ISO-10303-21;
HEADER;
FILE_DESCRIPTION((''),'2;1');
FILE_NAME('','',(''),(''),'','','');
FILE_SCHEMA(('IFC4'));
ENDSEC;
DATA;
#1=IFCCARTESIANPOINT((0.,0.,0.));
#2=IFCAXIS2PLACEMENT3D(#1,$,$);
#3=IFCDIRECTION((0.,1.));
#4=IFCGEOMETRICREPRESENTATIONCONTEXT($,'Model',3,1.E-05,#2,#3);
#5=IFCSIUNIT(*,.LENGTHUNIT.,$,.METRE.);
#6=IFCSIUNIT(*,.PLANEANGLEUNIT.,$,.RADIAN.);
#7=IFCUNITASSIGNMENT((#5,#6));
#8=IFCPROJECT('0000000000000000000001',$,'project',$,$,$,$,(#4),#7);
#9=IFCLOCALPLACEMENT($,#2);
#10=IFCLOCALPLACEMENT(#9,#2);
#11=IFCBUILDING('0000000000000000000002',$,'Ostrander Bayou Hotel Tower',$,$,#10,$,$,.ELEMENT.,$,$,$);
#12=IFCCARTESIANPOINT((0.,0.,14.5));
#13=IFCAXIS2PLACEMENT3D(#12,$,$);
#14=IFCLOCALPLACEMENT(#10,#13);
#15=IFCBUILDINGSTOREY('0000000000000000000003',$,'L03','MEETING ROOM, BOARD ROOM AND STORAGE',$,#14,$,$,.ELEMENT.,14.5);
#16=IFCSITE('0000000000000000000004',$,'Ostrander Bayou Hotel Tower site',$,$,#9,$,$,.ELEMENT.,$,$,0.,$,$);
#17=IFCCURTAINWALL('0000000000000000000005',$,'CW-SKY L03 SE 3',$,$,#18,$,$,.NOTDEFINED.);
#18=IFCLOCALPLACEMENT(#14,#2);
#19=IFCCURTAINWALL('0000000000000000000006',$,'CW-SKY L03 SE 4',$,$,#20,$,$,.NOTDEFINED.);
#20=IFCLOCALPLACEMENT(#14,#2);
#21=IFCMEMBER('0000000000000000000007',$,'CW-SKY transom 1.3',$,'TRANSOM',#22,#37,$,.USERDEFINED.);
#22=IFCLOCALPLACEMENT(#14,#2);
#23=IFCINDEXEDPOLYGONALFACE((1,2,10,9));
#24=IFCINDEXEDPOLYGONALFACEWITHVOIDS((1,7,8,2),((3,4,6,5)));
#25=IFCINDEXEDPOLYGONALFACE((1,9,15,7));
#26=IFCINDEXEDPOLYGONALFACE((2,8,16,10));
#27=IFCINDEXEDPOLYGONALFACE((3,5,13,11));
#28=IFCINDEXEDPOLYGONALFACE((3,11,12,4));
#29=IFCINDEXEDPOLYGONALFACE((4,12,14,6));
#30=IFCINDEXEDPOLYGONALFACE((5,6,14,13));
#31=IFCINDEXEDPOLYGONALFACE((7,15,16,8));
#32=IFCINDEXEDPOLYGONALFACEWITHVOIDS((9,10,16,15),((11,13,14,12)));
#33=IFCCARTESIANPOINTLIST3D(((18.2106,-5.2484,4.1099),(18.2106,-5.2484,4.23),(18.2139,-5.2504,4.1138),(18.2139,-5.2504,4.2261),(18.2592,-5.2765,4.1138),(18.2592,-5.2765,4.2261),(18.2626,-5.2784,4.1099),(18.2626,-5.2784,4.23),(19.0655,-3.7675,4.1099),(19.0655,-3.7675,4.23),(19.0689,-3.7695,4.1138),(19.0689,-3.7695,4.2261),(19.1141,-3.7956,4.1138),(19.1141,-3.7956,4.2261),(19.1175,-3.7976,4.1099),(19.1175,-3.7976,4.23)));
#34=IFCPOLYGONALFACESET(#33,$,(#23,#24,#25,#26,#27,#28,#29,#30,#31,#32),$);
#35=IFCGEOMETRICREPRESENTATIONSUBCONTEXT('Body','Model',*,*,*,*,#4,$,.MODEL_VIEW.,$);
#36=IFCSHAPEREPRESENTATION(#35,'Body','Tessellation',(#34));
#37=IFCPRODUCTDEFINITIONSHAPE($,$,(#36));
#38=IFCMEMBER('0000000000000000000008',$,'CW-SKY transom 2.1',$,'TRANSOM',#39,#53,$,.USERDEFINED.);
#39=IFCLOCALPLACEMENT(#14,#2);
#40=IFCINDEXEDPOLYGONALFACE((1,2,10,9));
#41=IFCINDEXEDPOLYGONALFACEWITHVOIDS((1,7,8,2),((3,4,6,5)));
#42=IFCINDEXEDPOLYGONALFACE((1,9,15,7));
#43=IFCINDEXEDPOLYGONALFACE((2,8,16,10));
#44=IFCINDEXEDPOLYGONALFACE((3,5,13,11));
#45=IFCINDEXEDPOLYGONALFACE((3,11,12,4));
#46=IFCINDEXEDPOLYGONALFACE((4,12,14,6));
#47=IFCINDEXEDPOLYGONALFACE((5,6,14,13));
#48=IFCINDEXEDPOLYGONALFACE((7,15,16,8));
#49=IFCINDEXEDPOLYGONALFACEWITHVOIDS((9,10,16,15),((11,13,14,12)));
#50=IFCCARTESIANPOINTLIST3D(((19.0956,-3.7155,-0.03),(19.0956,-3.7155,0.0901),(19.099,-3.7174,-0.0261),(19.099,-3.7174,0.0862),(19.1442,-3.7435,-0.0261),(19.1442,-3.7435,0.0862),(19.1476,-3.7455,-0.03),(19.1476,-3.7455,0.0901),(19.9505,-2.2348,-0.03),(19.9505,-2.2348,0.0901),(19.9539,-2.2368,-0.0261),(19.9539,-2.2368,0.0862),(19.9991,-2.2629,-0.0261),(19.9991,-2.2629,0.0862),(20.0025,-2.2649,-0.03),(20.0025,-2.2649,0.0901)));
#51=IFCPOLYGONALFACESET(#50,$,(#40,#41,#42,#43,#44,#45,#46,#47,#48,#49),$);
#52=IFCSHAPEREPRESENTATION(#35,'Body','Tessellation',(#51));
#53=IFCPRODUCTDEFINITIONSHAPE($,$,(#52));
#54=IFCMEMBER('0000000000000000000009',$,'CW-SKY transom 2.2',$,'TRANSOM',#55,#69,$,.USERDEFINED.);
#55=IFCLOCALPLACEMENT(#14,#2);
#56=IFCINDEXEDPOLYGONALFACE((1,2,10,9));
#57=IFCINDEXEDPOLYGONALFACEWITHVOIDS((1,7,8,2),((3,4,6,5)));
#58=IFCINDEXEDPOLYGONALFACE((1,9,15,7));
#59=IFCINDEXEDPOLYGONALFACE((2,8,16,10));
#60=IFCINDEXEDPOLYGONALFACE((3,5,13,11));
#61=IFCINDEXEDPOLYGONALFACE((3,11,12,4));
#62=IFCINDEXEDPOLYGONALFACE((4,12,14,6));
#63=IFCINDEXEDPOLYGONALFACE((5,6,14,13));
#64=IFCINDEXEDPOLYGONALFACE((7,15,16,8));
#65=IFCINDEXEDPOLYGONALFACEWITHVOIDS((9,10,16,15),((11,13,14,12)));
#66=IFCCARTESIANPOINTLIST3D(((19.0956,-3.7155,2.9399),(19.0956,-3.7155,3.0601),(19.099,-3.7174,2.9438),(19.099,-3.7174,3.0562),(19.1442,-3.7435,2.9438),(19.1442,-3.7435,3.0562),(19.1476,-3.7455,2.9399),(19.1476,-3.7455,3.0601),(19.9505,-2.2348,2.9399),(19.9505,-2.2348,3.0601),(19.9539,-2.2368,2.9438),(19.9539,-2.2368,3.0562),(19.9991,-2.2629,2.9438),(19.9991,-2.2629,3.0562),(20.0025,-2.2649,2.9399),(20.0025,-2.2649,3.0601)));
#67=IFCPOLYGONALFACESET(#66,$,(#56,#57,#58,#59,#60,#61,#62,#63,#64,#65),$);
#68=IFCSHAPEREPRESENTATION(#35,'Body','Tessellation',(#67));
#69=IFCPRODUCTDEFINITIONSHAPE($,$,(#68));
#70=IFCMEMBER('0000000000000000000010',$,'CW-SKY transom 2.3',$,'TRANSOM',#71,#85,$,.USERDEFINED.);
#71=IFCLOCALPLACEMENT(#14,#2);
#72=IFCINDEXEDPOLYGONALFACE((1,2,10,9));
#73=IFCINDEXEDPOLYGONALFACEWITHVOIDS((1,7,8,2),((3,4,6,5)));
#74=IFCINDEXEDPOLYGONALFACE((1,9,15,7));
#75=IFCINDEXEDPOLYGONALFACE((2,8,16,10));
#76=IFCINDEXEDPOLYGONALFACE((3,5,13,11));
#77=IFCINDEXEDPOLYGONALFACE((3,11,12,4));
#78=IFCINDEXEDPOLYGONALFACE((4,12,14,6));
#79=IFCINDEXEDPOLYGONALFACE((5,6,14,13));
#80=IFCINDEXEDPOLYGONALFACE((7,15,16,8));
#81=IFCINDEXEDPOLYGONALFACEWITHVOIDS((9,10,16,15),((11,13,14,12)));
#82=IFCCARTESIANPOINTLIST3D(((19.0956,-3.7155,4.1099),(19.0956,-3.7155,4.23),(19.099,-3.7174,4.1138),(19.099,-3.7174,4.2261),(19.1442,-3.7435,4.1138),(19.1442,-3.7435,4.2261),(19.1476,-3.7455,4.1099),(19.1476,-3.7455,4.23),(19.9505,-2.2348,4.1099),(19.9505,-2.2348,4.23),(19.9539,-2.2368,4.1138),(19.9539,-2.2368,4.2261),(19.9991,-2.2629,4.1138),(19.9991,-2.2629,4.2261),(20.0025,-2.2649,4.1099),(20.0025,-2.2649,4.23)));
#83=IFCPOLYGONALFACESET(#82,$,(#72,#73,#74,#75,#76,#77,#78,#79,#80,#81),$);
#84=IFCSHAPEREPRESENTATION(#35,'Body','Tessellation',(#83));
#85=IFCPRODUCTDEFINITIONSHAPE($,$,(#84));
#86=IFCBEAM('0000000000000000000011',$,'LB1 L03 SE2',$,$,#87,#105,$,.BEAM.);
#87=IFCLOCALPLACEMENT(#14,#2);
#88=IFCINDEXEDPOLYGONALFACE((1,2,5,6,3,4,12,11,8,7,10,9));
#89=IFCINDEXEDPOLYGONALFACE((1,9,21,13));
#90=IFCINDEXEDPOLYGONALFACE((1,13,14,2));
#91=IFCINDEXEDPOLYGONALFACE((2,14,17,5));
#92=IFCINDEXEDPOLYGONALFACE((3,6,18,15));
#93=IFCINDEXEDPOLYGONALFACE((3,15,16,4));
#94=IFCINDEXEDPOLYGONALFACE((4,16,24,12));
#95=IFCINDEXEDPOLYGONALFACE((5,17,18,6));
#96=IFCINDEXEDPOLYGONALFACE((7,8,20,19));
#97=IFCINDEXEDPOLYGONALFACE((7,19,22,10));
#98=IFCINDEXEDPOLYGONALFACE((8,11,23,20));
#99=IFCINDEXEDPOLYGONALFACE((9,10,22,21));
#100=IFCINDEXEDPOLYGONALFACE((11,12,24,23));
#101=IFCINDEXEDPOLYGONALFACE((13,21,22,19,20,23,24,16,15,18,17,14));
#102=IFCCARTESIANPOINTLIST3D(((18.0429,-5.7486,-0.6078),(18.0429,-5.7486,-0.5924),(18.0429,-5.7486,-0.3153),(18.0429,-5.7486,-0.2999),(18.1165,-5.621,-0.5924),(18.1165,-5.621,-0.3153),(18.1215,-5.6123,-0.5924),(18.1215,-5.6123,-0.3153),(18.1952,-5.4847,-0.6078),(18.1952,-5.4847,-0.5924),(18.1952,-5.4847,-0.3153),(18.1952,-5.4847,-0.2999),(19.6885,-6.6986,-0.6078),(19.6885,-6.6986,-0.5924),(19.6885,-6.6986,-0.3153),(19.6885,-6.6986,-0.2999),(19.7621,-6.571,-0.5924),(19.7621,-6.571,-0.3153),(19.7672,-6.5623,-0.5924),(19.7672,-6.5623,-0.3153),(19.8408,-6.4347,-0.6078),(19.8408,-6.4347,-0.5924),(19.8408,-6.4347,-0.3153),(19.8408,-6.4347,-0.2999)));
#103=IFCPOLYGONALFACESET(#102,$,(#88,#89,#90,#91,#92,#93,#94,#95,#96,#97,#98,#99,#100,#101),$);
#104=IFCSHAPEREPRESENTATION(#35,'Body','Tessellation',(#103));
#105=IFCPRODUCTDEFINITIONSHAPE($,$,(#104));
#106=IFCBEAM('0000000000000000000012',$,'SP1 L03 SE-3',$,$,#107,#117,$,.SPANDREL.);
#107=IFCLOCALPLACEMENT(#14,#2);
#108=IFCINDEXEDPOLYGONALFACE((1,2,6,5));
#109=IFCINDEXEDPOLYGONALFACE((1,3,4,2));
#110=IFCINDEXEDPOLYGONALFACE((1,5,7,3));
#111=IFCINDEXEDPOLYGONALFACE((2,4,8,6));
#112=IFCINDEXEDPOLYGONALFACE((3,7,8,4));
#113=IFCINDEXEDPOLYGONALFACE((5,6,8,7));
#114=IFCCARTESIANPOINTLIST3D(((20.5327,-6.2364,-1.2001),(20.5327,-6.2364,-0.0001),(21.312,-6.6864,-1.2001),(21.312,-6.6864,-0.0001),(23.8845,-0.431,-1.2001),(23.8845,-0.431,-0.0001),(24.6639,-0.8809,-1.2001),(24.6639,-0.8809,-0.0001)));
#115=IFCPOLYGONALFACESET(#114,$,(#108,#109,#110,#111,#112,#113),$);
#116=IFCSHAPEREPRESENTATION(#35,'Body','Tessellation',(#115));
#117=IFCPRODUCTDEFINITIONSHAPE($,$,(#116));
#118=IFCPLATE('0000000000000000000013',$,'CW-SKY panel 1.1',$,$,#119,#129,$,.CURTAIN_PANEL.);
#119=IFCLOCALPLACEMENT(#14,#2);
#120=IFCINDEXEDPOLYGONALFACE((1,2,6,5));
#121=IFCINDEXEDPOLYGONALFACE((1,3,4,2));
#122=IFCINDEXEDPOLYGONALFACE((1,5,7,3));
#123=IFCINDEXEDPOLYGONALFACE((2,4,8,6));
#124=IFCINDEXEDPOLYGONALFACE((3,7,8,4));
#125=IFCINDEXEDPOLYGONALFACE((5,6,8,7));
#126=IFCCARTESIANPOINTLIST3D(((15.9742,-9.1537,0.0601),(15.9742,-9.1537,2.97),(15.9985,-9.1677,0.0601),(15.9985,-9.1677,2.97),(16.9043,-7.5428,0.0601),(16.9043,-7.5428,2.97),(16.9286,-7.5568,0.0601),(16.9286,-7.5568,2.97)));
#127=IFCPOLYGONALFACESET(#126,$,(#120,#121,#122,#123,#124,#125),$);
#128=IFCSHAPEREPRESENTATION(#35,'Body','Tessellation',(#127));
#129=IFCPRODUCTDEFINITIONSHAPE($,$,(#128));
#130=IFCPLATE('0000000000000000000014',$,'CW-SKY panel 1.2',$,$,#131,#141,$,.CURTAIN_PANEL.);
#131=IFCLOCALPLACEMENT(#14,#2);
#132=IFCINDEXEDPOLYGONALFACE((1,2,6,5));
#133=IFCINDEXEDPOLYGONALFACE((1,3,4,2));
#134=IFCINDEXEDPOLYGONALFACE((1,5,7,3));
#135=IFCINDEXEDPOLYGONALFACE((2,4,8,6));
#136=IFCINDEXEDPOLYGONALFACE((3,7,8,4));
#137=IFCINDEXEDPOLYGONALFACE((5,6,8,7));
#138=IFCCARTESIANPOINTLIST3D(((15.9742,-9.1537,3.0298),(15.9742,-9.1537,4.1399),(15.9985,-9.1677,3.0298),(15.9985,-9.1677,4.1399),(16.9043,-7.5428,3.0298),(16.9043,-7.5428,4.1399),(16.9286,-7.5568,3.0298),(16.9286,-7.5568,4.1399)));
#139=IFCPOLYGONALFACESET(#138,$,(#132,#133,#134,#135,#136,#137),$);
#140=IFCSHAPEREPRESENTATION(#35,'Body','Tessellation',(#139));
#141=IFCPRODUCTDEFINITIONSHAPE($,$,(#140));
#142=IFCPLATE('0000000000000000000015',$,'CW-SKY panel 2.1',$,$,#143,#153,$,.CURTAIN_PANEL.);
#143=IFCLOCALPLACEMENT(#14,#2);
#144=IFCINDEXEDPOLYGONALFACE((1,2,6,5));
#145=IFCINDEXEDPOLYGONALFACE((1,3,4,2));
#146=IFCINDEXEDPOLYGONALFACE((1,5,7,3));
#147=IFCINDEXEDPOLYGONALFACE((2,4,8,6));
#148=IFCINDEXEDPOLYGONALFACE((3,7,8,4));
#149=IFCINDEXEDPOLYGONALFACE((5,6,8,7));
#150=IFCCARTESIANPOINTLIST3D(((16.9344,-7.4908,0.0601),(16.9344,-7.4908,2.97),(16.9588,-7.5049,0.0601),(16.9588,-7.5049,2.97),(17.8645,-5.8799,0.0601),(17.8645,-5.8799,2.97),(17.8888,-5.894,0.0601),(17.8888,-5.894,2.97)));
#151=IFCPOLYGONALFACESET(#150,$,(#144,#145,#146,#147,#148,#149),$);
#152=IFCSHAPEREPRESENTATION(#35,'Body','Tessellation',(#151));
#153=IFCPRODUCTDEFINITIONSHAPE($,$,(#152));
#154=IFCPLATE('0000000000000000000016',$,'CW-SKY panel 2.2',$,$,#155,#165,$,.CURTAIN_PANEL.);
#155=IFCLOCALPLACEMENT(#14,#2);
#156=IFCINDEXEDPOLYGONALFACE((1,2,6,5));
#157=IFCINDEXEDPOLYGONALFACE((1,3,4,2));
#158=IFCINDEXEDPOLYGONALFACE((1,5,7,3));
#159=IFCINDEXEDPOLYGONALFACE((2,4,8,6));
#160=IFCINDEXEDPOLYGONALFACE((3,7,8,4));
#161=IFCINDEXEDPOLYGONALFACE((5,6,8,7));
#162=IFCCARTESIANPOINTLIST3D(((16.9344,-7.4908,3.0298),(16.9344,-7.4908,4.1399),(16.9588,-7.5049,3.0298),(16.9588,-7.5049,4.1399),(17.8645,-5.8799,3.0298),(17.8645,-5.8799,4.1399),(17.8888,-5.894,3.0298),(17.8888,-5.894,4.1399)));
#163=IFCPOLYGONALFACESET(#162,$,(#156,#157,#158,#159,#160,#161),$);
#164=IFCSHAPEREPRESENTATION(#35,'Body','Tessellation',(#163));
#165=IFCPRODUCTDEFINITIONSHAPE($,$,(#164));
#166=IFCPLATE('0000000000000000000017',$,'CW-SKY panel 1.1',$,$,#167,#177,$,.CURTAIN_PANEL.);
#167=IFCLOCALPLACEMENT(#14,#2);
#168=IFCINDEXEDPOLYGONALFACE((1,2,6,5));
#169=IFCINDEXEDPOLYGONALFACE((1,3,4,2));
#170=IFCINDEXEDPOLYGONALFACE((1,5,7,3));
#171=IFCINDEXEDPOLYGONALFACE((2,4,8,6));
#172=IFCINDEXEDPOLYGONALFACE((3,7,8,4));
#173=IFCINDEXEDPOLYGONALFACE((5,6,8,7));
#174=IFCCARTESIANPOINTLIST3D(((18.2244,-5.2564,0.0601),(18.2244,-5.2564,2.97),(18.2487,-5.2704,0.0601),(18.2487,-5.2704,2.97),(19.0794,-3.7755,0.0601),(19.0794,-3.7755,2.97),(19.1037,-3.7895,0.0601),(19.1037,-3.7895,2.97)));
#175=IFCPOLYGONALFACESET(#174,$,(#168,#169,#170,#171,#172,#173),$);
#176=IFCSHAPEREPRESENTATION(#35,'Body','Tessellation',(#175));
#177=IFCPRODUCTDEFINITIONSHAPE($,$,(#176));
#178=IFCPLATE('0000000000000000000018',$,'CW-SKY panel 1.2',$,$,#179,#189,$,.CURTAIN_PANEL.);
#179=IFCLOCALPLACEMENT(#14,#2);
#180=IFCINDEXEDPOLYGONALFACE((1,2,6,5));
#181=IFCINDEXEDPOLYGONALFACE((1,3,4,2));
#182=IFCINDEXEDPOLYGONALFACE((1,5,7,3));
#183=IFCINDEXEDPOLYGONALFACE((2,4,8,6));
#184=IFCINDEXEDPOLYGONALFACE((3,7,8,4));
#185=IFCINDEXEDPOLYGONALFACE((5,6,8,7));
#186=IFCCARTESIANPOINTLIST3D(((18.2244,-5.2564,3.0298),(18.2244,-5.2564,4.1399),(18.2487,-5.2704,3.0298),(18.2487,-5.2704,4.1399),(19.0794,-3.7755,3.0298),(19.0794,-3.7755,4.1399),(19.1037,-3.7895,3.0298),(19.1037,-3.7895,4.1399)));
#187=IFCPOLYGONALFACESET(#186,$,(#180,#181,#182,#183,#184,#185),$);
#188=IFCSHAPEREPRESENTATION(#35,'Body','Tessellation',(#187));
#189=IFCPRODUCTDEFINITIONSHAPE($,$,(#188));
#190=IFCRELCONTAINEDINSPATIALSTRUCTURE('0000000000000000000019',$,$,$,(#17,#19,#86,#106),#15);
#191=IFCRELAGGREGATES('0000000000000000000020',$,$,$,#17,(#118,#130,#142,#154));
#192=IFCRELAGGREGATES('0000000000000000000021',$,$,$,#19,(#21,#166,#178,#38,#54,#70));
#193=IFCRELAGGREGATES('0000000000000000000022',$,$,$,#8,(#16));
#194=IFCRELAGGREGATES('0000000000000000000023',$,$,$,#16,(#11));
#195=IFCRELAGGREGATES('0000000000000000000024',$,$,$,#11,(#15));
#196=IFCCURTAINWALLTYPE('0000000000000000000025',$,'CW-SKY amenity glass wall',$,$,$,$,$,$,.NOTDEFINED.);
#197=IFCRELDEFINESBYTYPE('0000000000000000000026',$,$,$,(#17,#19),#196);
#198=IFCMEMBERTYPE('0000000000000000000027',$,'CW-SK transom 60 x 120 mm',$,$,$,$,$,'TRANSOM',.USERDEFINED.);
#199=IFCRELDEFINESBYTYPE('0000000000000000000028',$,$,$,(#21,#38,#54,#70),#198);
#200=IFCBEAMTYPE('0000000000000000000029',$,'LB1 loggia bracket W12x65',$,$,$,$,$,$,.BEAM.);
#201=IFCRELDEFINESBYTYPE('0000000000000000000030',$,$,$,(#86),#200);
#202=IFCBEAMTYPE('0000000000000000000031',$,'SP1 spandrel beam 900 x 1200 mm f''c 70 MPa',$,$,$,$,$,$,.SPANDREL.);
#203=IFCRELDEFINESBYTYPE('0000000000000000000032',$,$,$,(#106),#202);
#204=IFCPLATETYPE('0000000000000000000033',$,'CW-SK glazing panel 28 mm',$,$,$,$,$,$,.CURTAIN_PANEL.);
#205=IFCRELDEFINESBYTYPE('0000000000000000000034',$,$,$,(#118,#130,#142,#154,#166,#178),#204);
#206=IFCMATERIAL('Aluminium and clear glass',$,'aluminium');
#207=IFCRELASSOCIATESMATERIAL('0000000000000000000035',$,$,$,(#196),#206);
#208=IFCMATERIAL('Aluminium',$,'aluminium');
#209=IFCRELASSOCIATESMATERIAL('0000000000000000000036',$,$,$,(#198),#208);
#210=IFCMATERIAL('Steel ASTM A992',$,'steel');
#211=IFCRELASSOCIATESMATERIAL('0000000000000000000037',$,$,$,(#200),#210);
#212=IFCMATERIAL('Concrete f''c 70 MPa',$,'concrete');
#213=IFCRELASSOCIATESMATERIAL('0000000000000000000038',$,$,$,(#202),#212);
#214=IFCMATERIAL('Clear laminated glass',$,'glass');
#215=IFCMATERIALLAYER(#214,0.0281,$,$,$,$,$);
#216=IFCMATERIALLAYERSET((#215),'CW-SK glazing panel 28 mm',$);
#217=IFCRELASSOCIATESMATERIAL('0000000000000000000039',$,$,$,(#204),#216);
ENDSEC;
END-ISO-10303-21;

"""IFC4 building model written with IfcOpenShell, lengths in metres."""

from ifc_helpers import new_model, si_unit, direction, frame, origin, origin_2d, place, context, subcontext, project, spatial, rectangle, hollow_rectangle, i_section, extrude, material, layer, layer_set, material_profile, profile_set, type_object, element, aggregate, save


model = new_model("IFC4")

# Units and contexts
model_context = context("Model", 3, precision=1e-05, world=origin(), true_north=direction((0.0, 1.0)))
body_context = subcontext(model_context, "Body", "Model", "MODEL_VIEW")
ifc_project = project(units=[si_unit("LENGTHUNIT", "METRE"), si_unit("PLANEANGLEUNIT", "RADIAN")], contexts=[model_context])

# Site, building, storey
site_placement = place(None, origin())
site = spatial("IfcSite", under=ifc_project, at=site_placement, Name="Ostrander Bayou Hotel Tower site", CompositionType="ELEMENT", RefElevation=0.0)
building_placement = place(site_placement, origin())
building = spatial("IfcBuilding", under=site, at=building_placement, Name="Ostrander Bayou Hotel Tower", CompositionType="ELEMENT")
storey_placement = place(building_placement, frame((0.0, 0.0, 14.5)))
storey = spatial("IfcBuildingStorey", under=building, at=storey_placement, Name="L03", Description="MEETING ROOM, BOARD ROOM AND STORAGE", CompositionType="ELEMENT", Elevation=14.5)

# Curtain walls
ifc_material_1 = material(Name="Aluminium and clear glass", Category="aluminium")
curtain_wall_type = type_object("IfcCurtainWallType", Name="CW-SKY amenity glass wall", PredefinedType="NOTDEFINED", material=ifc_material_1)
curtain_wall_1_placement = place(storey_placement, origin())
curtain_wall_1 = element("IfcCurtainWall", 1, at=curtain_wall_1_placement, inside=storey, type_object=curtain_wall_type, Name="CW-SKY L03 SE 3", PredefinedType="NOTDEFINED")
curtain_wall_2_placement = place(storey_placement, origin())
curtain_wall_2 = element("IfcCurtainWall", 2, at=curtain_wall_2_placement, inside=storey, type_object=curtain_wall_type, Name="CW-SKY L03 SE 4", PredefinedType="NOTDEFINED")

# Members
ifc_material_2 = material(Name="Aluminium", Category="aluminium")
ifc_material_profile_1 = material_profile(ifc_material_2, hollow_rectangle(XDim=0.0601, YDim=0.1201, WallThickness=0.0039, at=origin_2d()))
ifc_profile_set_1 = profile_set([ifc_material_profile_1], Name="Aluminium")
member_type_1 = type_object("IfcMemberType", Name="CW-SK transom 60 x 120 mm", ElementType="TRANSOM", PredefinedType="USERDEFINED", material=ifc_profile_set_1)
member_1_placement = place(storey_placement, frame((18.2366, -5.2634, 4.1699), z_axis=(0.499978, 0.866038, 0.0), x_axis=(-0.866038, 0.499978, 0.0)))
member_1 = element("IfcMember", 3, at=member_1_placement, type_object=member_type_1, Name="CW-SKY transom 1.3", ObjectType="TRANSOM", PredefinedType="USERDEFINED", context=body_context, shape_type="SweptSolid", body=[
    extrude(hollow_rectangle(XDim=0.0601, YDim=0.1201, WallThickness=0.0039, at=origin_2d()), origin(), (0.0, 0.0, 1.0), 1.71),
])
member_2_placement = place(storey_placement, frame((19.1216, -3.7305, 0.03), z_axis=(0.50004, 0.866002, 0.0), x_axis=(-0.866002, 0.50004, 0.0)))
member_2 = element("IfcMember", 4, at=member_2_placement, type_object=member_type_1, Name="CW-SKY transom 2.1", ObjectType="TRANSOM", PredefinedType="USERDEFINED", context=body_context, shape_type="SweptSolid", body=[
    extrude(hollow_rectangle(XDim=0.0601, YDim=0.1201, WallThickness=0.0039, at=origin_2d()), origin(), (0.0, 0.0, 1.0), 1.7097),
])
member_3_placement = place(storey_placement, frame((19.1216, -3.7305, 3.0), z_axis=(0.50004, 0.866002, 0.0), x_axis=(-0.866002, 0.50004, 0.0)))
member_3 = element("IfcMember", 5, at=member_3_placement, type_object=member_type_1, Name="CW-SKY transom 2.2", ObjectType="TRANSOM", PredefinedType="USERDEFINED", context=body_context, shape_type="SweptSolid", body=[
    extrude(hollow_rectangle(XDim=0.0601, YDim=0.1201, WallThickness=0.0039, at=origin_2d()), origin(), (0.0, 0.0, 1.0), 1.7097),
])
member_4_placement = place(storey_placement, frame((19.1216, -3.7305, 4.1699), z_axis=(0.50004, 0.866002, 0.0), x_axis=(-0.866002, 0.50004, 0.0)))
member_4 = element("IfcMember", 6, at=member_4_placement, type_object=member_type_1, Name="CW-SKY transom 2.3", ObjectType="TRANSOM", PredefinedType="USERDEFINED", context=body_context, shape_type="SweptSolid", body=[
    extrude(hollow_rectangle(XDim=0.0601, YDim=0.1201, WallThickness=0.0039, at=origin_2d()), origin(), (0.0, 0.0, 1.0), 1.7097),
])

# Beams
ifc_material_3 = material(Name="Steel ASTM A992", Category="steel")
ifc_material_profile_2 = material_profile(ifc_material_3, i_section(OverallWidth=0.3047, OverallDepth=0.3079, WebThickness=0.01, FlangeThickness=0.0154, at=origin_2d()))
ifc_profile_set_2 = profile_set([ifc_material_profile_2], Name="Steel ASTM A992")
beam_type_1 = type_object("IfcBeamType", Name="LB1 loggia bracket W12x65", PredefinedType="BEAM", material=ifc_profile_set_2)
beam_1_placement = place(storey_placement, frame((19.7646, -6.5667, -0.4539), z_axis=(-0.866044, 0.499967, 0.0), x_axis=(-0.499967, -0.866044, 0.0)))
element("IfcBeam", 7, at=beam_1_placement, inside=storey, type_object=beam_type_1, Name="LB1 L03 SE2", PredefinedType="BEAM", context=body_context, shape_type="SweptSolid", body=[
    extrude(i_section(OverallWidth=0.3047, OverallDepth=0.3079, WebThickness=0.01, FlangeThickness=0.0154, at=origin_2d()), origin(), (0.0, 0.0, 1.0), 1.9001),
])
ifc_material_4 = material(Name="Concrete f'c 70 MPa", Category="concrete")
ifc_material_profile_3 = material_profile(ifc_material_4, rectangle(XDim=0.8999, YDim=1.2, at=origin_2d()))
ifc_profile_set_3 = profile_set([ifc_material_profile_3], Name="Concrete f'c 70 MPa")
beam_type_2 = type_object("IfcBeamType", Name="SP1 spandrel beam 900 x 1200 mm f'c 70 MPa", PredefinedType="SPANDREL", material=ifc_profile_set_3)
beam_2_placement = place(storey_placement, frame((20.9224, -6.4614, -0.6001), z_axis=(0.500005, 0.866022, 0.0), x_axis=(-0.866022, 0.500005, 0.0)))
element("IfcBeam", 8, at=beam_2_placement, inside=storey, type_object=beam_type_2, Name="SP1 L03 SE-3", PredefinedType="SPANDREL", context=body_context, shape_type="SweptSolid", body=[
    extrude(rectangle(XDim=0.8999, YDim=1.2, at=origin_2d()), origin(), (0.0, 0.0, 1.0), 6.7036),
])

# Plates
ifc_material_5 = material(Name="Clear laminated glass", Category="glass")
ifc_layer_1 = layer(ifc_material_5, 0.0281)
ifc_layer_set_1 = layer_set([ifc_layer_1], Name="CW-SK glazing panel 28 mm")
plate_type = type_object("IfcPlateType", Name="CW-SK glazing panel 28 mm", PredefinedType="CURTAIN_PANEL", material=ifc_layer_set_1)
plate_1_placement = place(storey_placement, frame((16.4514, -8.3552, 0.0601), z_axis=(0.0, 0.0, 1.0), x_axis=(0.5, 0.866025, 0.0)))
plate_1 = element("IfcPlate", 9, at=plate_1_placement, type_object=plate_type, Name="CW-SKY panel 1.1", PredefinedType="CURTAIN_PANEL", context=body_context, shape_type="SweptSolid", body=[
    extrude(rectangle(XDim=1.8601, YDim=0.0281, at=origin_2d()), origin(), (0.0, 0.0, 1.0), 2.9099),
])
plate_2_placement = place(storey_placement, frame((16.4514, -8.3552, 3.0298), z_axis=(0.0, 0.0, 1.0), x_axis=(0.5, 0.866025, 0.0)))
plate_2 = element("IfcPlate", 10, at=plate_2_placement, type_object=plate_type, Name="CW-SKY panel 1.2", PredefinedType="CURTAIN_PANEL", context=body_context, shape_type="SweptSolid", body=[
    extrude(rectangle(XDim=1.8601, YDim=0.0281, at=origin_2d()), origin(), (0.0, 0.0, 1.0), 1.1101),
])
plate_3_placement = place(storey_placement, frame((17.4116, -6.6924, 0.0601), z_axis=(0.0, 0.0, 1.0), x_axis=(0.5, 0.866025, 0.0)))
plate_3 = element("IfcPlate", 11, at=plate_3_placement, type_object=plate_type, Name="CW-SKY panel 2.1", PredefinedType="CURTAIN_PANEL", context=body_context, shape_type="SweptSolid", body=[
    extrude(rectangle(XDim=1.8601, YDim=0.0281, at=origin_2d()), origin(), (0.0, 0.0, 1.0), 2.9099),
])
plate_4_placement = place(storey_placement, frame((17.4116, -6.6924, 3.0298), z_axis=(0.0, 0.0, 1.0), x_axis=(0.5, 0.866025, 0.0)))
plate_4 = element("IfcPlate", 12, at=plate_4_placement, type_object=plate_type, Name="CW-SKY panel 2.2", PredefinedType="CURTAIN_PANEL", context=body_context, shape_type="SweptSolid", body=[
    extrude(rectangle(XDim=1.8601, YDim=0.0281, at=origin_2d()), origin(), (0.0, 0.0, 1.0), 1.1101),
])
aggregate(curtain_wall_1, [plate_1, plate_2, plate_3, plate_4])
plate_5_placement = place(storey_placement, frame((18.6641, -4.5229, 0.0601), z_axis=(0.0, 0.0, 1.0), x_axis=(0.499999, 0.866026, 0.0)))
plate_5 = element("IfcPlate", 13, at=plate_5_placement, type_object=plate_type, Name="CW-SKY panel 1.1", PredefinedType="CURTAIN_PANEL", context=body_context, shape_type="SweptSolid", body=[
    extrude(rectangle(XDim=1.71, YDim=0.0281, at=origin_2d()), origin(), (0.0, 0.0, 1.0), 2.9099),
])
plate_6_placement = place(storey_placement, frame((18.6641, -4.5229, 3.0298), z_axis=(0.0, 0.0, 1.0), x_axis=(0.499999, 0.866026, 0.0)))
plate_6 = element("IfcPlate", 14, at=plate_6_placement, type_object=plate_type, Name="CW-SKY panel 1.2", PredefinedType="CURTAIN_PANEL", context=body_context, shape_type="SweptSolid", body=[
    extrude(rectangle(XDim=1.71, YDim=0.0281, at=origin_2d()), origin(), (0.0, 0.0, 1.0), 1.1101),
])
aggregate(curtain_wall_2, [member_1, plate_5, plate_6, member_2, member_3, member_4])

save(model, "model.ifc")
